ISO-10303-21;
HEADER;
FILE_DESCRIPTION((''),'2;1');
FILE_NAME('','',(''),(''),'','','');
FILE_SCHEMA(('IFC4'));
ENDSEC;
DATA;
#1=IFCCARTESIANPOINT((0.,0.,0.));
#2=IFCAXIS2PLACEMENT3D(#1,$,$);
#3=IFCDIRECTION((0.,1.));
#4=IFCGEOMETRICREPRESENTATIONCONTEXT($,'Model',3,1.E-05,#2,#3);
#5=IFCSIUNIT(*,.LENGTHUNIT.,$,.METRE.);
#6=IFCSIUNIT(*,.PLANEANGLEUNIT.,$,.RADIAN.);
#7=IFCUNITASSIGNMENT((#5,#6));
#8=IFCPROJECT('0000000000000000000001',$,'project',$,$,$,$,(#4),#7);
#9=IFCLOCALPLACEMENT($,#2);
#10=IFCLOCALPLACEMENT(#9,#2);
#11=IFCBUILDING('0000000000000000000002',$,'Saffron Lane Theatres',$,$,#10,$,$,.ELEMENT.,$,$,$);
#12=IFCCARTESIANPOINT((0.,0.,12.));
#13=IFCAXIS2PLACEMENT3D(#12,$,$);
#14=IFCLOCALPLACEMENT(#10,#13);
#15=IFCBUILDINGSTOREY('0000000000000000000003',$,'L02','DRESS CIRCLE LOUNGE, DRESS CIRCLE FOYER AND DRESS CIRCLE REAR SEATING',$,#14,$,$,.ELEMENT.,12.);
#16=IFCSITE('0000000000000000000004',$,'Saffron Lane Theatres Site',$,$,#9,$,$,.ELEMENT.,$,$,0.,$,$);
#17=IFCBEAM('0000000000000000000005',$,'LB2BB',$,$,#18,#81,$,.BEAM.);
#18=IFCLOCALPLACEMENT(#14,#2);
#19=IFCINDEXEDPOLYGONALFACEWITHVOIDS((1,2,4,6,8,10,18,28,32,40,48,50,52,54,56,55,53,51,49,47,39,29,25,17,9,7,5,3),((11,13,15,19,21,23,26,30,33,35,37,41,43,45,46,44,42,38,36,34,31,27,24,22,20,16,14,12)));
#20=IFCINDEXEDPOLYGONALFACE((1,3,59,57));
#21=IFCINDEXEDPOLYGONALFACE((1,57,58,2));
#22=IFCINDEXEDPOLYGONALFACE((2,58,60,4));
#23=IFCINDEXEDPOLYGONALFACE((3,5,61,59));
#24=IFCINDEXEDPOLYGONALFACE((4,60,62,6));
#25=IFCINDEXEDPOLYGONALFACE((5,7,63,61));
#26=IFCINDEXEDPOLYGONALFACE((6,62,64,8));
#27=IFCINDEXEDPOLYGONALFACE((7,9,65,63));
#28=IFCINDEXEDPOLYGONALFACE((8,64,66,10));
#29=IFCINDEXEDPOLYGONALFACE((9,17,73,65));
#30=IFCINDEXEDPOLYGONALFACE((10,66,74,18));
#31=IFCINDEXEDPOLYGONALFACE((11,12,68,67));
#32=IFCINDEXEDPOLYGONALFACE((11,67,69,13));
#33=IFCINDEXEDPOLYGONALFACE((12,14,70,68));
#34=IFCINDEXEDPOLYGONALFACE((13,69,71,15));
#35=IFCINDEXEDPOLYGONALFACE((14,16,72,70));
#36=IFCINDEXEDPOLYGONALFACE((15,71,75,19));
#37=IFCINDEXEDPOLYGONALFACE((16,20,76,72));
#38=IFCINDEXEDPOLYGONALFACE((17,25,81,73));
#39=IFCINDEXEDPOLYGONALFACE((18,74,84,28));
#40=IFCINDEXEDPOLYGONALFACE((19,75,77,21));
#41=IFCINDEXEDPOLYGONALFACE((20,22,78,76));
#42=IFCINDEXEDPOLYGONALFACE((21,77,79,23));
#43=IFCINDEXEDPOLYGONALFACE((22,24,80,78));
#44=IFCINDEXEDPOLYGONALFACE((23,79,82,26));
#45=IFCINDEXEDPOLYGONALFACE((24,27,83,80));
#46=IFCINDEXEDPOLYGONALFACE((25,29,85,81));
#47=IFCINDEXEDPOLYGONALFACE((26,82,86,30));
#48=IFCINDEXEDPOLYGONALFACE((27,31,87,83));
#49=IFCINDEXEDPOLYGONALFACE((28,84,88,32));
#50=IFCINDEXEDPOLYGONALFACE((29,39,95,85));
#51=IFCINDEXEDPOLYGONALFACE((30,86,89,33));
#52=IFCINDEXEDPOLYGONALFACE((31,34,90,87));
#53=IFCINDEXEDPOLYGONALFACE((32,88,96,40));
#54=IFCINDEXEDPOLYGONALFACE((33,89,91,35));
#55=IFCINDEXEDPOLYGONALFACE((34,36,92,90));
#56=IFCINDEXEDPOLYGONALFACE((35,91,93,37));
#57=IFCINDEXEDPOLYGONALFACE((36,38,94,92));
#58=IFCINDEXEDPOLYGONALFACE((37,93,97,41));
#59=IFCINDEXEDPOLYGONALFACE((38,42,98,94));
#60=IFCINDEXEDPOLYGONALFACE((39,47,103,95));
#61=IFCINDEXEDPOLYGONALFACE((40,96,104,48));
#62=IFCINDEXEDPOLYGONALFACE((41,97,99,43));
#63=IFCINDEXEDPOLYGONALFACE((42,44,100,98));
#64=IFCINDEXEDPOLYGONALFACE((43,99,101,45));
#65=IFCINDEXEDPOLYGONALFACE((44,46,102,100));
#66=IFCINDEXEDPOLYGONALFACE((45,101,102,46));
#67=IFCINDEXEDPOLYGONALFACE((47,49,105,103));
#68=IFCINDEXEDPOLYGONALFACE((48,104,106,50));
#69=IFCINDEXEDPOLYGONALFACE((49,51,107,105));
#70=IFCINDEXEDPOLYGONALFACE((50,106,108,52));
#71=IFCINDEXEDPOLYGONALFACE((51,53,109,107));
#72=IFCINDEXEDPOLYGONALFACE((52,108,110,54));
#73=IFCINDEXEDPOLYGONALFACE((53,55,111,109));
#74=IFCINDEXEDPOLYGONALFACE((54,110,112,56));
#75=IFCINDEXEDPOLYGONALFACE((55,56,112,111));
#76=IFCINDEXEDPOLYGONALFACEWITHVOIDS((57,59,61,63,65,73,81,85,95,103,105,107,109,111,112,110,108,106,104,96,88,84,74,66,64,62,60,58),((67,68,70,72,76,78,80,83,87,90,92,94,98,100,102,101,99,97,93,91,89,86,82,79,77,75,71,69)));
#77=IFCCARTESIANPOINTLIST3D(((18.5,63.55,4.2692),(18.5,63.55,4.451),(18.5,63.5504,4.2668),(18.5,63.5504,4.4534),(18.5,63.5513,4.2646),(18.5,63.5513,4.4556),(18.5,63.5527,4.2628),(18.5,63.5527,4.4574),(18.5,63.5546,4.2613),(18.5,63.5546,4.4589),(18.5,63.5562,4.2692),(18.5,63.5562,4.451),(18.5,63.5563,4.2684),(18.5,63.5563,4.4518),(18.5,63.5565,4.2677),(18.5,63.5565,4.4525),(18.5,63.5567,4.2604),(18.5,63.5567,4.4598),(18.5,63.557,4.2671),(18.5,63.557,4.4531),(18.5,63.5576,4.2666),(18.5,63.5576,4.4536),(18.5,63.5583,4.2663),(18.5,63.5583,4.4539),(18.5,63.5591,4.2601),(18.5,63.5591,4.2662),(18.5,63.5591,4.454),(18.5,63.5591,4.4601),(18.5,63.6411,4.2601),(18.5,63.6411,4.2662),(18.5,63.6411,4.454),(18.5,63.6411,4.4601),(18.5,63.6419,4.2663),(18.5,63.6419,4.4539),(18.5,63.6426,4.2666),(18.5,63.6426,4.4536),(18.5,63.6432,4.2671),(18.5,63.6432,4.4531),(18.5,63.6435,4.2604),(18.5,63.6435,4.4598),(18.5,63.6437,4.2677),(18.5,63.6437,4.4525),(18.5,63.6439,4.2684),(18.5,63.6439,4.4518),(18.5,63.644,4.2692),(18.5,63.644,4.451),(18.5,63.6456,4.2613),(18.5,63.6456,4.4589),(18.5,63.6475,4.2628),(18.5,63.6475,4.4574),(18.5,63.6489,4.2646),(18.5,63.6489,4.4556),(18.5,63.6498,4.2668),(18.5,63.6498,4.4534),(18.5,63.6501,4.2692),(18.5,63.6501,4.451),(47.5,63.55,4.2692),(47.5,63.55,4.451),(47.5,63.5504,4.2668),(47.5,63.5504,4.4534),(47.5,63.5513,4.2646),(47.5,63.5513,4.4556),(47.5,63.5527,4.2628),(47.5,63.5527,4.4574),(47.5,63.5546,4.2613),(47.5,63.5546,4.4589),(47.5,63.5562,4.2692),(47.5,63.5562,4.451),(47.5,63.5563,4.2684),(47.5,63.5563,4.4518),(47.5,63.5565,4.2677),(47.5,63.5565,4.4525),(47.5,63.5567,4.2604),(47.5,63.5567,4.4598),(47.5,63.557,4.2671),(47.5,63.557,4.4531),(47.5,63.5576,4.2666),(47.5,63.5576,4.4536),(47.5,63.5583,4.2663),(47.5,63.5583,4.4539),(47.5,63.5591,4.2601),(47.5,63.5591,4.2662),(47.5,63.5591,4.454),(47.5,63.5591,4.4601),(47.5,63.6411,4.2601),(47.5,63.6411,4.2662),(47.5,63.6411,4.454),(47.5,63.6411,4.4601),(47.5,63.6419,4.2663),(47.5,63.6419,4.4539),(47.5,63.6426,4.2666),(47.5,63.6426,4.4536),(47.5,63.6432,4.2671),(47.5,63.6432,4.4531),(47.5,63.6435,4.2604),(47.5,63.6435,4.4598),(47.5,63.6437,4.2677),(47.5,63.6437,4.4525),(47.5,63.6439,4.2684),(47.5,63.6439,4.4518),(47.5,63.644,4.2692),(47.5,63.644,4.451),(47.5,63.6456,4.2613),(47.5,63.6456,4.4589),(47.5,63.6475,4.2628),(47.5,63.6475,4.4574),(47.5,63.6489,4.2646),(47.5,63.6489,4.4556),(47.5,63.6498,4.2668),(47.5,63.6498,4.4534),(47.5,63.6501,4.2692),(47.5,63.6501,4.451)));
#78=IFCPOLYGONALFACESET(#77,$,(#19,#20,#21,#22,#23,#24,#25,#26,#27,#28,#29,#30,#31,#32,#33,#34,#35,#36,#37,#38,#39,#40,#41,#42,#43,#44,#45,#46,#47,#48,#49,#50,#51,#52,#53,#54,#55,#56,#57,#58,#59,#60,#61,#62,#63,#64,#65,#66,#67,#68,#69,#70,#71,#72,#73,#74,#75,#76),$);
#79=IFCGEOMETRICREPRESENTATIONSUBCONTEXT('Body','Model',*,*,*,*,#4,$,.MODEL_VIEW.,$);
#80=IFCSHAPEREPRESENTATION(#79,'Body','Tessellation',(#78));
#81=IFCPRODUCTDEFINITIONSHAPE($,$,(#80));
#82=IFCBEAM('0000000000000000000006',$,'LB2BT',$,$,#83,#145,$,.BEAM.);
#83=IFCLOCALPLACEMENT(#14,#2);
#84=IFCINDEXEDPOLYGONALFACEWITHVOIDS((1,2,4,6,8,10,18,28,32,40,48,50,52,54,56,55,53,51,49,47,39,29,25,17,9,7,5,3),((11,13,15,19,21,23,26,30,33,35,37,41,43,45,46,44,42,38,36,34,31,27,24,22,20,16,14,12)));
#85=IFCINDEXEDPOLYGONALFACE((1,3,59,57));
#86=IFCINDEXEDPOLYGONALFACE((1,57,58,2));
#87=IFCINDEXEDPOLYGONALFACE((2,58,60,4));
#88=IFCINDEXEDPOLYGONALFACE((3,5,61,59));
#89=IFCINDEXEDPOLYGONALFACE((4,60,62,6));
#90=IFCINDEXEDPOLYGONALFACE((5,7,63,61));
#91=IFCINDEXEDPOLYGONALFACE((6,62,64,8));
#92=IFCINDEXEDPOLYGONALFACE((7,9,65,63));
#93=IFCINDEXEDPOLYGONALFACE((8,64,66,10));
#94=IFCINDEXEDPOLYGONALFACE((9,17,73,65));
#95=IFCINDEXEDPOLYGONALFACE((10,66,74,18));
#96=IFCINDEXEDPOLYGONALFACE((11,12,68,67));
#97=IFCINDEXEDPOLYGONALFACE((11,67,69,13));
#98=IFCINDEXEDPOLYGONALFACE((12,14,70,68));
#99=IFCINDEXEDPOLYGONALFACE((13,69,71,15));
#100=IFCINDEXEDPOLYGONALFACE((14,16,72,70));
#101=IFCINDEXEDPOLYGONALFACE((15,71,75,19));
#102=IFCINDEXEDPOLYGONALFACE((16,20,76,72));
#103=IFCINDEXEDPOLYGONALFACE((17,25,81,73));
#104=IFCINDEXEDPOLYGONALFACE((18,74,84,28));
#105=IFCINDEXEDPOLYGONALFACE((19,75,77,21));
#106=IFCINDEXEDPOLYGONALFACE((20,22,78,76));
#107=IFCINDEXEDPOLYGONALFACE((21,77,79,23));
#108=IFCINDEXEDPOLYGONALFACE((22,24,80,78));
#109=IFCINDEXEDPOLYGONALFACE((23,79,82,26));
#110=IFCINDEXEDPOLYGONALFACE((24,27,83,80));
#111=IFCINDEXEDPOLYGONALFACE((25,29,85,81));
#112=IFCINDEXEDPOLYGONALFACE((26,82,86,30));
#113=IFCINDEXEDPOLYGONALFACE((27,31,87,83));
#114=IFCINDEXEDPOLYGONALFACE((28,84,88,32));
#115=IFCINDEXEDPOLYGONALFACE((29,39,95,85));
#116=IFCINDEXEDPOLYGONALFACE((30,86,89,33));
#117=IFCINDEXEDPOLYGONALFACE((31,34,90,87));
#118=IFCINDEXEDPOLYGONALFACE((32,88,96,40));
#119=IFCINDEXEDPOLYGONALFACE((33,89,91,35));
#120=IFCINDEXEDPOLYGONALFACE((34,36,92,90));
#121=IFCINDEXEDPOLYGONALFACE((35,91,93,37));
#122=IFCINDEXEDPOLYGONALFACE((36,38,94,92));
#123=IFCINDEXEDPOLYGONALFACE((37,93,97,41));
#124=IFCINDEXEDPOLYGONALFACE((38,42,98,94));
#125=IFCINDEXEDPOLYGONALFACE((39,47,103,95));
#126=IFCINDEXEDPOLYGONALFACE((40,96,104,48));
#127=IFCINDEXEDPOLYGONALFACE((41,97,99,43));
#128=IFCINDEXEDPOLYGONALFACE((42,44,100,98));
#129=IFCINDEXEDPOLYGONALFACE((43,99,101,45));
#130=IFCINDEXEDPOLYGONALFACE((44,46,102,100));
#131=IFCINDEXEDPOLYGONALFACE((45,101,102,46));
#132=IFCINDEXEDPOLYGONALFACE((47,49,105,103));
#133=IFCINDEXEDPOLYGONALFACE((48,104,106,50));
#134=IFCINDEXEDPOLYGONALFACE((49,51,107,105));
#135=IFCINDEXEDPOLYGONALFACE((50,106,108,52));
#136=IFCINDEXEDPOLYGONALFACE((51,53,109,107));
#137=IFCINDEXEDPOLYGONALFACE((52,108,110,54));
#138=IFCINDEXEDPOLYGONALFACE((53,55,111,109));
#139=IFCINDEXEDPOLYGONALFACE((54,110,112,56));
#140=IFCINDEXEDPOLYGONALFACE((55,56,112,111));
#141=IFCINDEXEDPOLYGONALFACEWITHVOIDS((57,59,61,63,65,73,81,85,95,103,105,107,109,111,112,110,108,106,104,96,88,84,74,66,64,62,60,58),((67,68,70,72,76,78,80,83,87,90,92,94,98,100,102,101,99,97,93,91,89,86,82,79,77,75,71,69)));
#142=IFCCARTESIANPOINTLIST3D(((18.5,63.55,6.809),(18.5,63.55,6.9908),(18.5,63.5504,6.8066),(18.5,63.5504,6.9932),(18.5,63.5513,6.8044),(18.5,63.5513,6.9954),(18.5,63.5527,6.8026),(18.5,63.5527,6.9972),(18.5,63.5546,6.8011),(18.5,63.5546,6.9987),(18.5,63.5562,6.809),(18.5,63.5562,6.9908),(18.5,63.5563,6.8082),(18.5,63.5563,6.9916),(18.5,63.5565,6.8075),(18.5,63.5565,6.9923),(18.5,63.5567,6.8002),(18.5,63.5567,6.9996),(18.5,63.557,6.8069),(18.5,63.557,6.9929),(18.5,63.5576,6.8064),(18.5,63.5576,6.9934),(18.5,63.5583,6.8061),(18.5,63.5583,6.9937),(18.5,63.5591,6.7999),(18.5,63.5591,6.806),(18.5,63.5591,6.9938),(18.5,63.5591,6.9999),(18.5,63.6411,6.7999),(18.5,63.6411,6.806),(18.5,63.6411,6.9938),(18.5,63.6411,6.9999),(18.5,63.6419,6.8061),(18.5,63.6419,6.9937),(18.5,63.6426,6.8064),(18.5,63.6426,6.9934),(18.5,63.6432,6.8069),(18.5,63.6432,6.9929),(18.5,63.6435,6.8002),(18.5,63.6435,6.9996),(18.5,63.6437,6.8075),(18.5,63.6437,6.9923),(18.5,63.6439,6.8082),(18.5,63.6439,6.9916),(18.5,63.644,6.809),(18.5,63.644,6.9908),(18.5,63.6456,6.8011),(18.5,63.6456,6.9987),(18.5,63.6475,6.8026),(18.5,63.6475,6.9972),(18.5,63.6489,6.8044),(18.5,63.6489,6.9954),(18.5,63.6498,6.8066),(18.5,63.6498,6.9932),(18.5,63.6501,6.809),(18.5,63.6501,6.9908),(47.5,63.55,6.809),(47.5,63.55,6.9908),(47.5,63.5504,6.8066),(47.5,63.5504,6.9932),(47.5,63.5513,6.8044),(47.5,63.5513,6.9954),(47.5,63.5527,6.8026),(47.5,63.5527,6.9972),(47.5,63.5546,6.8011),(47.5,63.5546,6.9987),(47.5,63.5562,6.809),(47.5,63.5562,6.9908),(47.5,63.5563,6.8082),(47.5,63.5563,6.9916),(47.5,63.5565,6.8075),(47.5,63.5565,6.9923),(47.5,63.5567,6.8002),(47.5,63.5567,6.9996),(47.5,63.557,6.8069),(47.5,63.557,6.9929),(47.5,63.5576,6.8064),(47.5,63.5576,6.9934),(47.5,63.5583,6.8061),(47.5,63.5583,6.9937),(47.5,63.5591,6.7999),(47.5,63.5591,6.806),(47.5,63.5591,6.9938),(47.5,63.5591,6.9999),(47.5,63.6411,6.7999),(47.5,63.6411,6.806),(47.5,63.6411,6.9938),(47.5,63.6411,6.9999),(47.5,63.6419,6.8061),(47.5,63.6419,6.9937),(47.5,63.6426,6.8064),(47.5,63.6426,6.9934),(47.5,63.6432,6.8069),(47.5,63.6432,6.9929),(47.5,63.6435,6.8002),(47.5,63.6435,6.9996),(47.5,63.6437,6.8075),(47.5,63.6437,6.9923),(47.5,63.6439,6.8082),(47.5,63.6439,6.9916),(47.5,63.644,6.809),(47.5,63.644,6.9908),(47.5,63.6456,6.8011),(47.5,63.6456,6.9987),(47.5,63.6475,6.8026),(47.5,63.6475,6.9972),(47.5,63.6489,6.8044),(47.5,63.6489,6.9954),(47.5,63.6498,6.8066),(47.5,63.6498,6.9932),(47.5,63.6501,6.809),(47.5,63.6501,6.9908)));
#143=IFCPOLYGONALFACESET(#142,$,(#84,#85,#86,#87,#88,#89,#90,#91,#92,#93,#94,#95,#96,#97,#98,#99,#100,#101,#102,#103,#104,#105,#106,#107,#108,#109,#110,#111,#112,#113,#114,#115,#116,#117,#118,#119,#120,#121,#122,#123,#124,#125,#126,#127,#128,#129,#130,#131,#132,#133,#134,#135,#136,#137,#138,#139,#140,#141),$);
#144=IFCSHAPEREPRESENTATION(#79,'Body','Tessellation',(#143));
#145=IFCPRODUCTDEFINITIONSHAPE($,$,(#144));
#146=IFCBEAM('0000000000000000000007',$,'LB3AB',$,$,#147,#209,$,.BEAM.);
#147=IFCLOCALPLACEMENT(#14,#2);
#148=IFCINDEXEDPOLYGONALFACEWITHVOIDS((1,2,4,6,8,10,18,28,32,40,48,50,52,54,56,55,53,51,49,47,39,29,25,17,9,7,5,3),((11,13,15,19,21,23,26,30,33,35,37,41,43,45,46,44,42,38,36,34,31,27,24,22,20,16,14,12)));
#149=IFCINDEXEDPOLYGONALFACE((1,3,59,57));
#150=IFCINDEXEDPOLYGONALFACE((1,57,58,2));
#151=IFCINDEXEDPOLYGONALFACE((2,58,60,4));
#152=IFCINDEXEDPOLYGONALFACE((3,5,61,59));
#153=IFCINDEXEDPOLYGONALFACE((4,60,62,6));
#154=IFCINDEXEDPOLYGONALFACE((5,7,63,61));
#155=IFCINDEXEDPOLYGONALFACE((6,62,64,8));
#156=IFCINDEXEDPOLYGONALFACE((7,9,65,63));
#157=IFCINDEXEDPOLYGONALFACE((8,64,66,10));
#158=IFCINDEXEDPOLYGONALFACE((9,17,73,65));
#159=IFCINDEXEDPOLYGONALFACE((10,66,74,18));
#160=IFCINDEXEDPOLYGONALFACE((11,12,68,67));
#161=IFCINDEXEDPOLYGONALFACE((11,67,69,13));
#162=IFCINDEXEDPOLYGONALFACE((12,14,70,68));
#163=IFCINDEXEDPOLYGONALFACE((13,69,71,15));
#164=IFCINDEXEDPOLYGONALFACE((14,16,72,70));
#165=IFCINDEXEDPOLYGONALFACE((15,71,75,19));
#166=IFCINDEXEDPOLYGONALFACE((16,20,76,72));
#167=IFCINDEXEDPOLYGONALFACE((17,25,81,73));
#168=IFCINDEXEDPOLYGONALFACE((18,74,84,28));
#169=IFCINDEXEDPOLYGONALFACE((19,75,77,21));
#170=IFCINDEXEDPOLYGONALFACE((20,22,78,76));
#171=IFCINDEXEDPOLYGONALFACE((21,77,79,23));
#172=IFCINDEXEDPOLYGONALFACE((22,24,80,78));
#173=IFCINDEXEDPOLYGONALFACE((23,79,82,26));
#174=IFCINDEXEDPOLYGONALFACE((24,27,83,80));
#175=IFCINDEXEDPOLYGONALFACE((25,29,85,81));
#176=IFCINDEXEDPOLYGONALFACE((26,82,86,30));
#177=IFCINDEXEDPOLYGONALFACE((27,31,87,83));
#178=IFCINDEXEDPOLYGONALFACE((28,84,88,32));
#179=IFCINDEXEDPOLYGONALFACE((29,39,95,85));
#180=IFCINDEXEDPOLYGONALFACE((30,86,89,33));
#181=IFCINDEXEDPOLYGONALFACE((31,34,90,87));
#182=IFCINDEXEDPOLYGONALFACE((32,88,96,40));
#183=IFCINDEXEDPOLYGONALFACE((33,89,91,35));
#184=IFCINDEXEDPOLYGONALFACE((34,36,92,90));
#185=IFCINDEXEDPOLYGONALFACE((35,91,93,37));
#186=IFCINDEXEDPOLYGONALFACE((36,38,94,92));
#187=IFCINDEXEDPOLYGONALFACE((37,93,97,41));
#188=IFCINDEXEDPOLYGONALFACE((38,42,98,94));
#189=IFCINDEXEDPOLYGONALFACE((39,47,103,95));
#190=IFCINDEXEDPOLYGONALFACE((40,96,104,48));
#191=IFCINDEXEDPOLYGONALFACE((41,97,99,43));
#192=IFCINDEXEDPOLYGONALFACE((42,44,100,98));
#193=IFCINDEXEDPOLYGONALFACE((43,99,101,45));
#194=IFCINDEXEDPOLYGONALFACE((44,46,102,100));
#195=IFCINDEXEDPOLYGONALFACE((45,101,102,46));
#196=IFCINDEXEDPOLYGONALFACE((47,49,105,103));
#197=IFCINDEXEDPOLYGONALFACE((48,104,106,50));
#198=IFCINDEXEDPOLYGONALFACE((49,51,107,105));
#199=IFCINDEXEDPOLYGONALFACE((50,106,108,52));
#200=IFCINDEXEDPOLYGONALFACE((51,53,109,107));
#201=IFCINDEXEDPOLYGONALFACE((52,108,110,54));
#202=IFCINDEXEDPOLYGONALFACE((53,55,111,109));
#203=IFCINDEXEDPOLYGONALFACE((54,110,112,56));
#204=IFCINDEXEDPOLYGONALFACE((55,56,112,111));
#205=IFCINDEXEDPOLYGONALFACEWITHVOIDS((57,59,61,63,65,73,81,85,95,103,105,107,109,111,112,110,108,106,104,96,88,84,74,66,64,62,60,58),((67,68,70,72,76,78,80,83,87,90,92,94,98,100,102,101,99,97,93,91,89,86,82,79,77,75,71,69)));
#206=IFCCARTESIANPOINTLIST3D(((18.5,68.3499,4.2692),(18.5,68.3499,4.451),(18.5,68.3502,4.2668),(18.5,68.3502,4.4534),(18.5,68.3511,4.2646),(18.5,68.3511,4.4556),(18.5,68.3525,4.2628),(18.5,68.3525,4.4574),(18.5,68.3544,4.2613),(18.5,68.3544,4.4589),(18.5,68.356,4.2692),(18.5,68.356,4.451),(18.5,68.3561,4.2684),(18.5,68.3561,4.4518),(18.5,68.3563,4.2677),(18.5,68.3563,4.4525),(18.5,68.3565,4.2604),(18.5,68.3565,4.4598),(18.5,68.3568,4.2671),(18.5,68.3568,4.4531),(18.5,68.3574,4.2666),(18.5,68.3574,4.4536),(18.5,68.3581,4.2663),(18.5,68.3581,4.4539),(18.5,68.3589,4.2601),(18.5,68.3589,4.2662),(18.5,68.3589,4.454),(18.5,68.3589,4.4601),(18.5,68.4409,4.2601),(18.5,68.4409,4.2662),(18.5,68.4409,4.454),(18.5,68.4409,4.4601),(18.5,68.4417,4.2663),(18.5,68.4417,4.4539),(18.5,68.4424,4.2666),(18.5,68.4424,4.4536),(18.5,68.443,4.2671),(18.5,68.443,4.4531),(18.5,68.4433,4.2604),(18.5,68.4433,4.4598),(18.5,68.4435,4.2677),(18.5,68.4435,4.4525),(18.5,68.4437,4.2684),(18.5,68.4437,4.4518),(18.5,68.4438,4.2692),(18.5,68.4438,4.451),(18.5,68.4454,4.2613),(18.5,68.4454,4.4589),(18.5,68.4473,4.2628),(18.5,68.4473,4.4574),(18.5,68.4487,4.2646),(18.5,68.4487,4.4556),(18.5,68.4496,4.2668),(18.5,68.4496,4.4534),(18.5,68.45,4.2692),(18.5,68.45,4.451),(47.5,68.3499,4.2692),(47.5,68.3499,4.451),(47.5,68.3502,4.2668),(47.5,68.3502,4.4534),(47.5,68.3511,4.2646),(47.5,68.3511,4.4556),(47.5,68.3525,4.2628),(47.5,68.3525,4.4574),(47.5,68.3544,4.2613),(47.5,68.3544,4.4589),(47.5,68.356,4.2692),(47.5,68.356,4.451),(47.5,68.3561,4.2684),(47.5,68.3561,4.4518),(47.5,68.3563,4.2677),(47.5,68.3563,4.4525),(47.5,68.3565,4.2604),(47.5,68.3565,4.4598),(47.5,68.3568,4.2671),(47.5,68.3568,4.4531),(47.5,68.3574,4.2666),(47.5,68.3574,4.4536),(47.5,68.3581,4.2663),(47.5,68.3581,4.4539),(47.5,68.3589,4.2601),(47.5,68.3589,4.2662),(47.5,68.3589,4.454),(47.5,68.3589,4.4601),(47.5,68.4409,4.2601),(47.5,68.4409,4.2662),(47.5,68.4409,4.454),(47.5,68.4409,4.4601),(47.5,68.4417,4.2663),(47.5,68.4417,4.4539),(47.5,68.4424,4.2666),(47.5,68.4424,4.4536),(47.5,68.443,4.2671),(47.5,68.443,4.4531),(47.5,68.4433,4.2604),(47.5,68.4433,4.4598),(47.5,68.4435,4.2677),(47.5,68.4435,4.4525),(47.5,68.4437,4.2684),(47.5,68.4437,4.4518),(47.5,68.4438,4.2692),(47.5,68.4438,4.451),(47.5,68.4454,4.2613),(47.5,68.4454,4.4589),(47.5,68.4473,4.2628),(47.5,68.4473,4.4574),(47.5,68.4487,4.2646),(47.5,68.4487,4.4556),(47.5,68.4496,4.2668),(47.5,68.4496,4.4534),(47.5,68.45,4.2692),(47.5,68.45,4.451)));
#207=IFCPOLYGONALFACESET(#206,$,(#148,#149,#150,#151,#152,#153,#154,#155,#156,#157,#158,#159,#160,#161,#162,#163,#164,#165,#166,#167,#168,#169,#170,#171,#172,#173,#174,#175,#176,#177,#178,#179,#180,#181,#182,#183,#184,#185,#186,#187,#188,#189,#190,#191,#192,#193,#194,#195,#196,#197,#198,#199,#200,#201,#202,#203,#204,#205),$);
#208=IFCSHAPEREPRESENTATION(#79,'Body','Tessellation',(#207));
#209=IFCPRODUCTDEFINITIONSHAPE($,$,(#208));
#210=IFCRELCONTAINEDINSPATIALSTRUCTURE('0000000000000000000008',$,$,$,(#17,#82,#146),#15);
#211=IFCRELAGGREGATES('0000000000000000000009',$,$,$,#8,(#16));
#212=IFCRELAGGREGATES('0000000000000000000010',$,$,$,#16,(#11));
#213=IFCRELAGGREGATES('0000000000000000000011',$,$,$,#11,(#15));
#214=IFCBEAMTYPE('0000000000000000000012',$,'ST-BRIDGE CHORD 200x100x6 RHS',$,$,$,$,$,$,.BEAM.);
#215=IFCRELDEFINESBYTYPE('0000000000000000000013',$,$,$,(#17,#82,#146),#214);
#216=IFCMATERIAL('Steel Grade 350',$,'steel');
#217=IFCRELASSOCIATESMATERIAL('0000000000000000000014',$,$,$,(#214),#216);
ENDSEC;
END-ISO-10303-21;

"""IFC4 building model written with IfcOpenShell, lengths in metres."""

from ifc_helpers import new_model, si_unit, direction, frame, origin, origin_2d, place, context, subcontext, project, spatial, hollow_rectangle, extrude, material, material_profile, profile_set, type_object, element, save


model = new_model("IFC4")

# Units and contexts
model_context = context("Model", 3, precision=1e-05, world=origin(), true_north=direction((0.0, 1.0)))
body_context = subcontext(model_context, "Body", "Model", "MODEL_VIEW")
ifc_project = project(units=[si_unit("LENGTHUNIT", "METRE"), si_unit("PLANEANGLEUNIT", "RADIAN")], contexts=[model_context])

# Site, building, storey
site_placement = place(None, origin())
site = spatial("IfcSite", under=ifc_project, at=site_placement, Name="Saffron Lane Theatres Site", CompositionType="ELEMENT", RefElevation=0.0)
building_placement = place(site_placement, origin())
building = spatial("IfcBuilding", under=site, at=building_placement, Name="Saffron Lane Theatres", CompositionType="ELEMENT")
storey_placement = place(building_placement, frame((0.0, 0.0, 12.0)))
storey = spatial("IfcBuildingStorey", under=building, at=storey_placement, Name="L02", Description="DRESS CIRCLE LOUNGE, DRESS CIRCLE FOYER AND DRESS CIRCLE REAR SEATING", CompositionType="ELEMENT", Elevation=12.0)

# Beams
ifc_material_1 = material(Name="Steel Grade 350", Category="steel")
ifc_material_profile_1 = material_profile(ifc_material_1, hollow_rectangle(XDim=0.1001, YDim=0.2, WallThickness=0.0061, InnerFilletRadius=0.0029, OuterFilletRadius=0.009, at=origin_2d()))
ifc_profile_set_1 = profile_set([ifc_material_profile_1], Name="Steel Grade 350")
beam_type_1 = type_object("IfcBeamType", Name="ST-BRIDGE CHORD 200x100x6 RHS", PredefinedType="BEAM", material=ifc_profile_set_1)
for number, where, z_axis, x_axis, name in (
    (1, (18.5, 63.6001, 4.3601), (1.0, 0.0, 0.0), (0.0, 1.0, 0.0), "LB2BB"),
    (2, (18.5, 63.6001, 6.8999), (1.0, 0.0, 0.0), (0.0, 1.0, 0.0), "LB2BT"),
    (3, (18.5, 68.3999, 4.3601), (1.0, 0.0, 0.0), (0.0, 1.0, 0.0), "LB3AB"),
):
    element("IfcBeam", number, at=place(storey_placement, frame(where, z_axis=z_axis, x_axis=x_axis)), inside=storey, type_object=beam_type_1, Name=name, PredefinedType="BEAM", context=body_context, shape_type="SweptSolid", body=[
        extrude(hollow_rectangle(XDim=0.1001, YDim=0.2, WallThickness=0.0061, InnerFilletRadius=0.0029, OuterFilletRadius=0.009, at=origin_2d()), origin(), (0.0, 0.0, 1.0), 29.0),
    ])

save(model, "model.ifc")
